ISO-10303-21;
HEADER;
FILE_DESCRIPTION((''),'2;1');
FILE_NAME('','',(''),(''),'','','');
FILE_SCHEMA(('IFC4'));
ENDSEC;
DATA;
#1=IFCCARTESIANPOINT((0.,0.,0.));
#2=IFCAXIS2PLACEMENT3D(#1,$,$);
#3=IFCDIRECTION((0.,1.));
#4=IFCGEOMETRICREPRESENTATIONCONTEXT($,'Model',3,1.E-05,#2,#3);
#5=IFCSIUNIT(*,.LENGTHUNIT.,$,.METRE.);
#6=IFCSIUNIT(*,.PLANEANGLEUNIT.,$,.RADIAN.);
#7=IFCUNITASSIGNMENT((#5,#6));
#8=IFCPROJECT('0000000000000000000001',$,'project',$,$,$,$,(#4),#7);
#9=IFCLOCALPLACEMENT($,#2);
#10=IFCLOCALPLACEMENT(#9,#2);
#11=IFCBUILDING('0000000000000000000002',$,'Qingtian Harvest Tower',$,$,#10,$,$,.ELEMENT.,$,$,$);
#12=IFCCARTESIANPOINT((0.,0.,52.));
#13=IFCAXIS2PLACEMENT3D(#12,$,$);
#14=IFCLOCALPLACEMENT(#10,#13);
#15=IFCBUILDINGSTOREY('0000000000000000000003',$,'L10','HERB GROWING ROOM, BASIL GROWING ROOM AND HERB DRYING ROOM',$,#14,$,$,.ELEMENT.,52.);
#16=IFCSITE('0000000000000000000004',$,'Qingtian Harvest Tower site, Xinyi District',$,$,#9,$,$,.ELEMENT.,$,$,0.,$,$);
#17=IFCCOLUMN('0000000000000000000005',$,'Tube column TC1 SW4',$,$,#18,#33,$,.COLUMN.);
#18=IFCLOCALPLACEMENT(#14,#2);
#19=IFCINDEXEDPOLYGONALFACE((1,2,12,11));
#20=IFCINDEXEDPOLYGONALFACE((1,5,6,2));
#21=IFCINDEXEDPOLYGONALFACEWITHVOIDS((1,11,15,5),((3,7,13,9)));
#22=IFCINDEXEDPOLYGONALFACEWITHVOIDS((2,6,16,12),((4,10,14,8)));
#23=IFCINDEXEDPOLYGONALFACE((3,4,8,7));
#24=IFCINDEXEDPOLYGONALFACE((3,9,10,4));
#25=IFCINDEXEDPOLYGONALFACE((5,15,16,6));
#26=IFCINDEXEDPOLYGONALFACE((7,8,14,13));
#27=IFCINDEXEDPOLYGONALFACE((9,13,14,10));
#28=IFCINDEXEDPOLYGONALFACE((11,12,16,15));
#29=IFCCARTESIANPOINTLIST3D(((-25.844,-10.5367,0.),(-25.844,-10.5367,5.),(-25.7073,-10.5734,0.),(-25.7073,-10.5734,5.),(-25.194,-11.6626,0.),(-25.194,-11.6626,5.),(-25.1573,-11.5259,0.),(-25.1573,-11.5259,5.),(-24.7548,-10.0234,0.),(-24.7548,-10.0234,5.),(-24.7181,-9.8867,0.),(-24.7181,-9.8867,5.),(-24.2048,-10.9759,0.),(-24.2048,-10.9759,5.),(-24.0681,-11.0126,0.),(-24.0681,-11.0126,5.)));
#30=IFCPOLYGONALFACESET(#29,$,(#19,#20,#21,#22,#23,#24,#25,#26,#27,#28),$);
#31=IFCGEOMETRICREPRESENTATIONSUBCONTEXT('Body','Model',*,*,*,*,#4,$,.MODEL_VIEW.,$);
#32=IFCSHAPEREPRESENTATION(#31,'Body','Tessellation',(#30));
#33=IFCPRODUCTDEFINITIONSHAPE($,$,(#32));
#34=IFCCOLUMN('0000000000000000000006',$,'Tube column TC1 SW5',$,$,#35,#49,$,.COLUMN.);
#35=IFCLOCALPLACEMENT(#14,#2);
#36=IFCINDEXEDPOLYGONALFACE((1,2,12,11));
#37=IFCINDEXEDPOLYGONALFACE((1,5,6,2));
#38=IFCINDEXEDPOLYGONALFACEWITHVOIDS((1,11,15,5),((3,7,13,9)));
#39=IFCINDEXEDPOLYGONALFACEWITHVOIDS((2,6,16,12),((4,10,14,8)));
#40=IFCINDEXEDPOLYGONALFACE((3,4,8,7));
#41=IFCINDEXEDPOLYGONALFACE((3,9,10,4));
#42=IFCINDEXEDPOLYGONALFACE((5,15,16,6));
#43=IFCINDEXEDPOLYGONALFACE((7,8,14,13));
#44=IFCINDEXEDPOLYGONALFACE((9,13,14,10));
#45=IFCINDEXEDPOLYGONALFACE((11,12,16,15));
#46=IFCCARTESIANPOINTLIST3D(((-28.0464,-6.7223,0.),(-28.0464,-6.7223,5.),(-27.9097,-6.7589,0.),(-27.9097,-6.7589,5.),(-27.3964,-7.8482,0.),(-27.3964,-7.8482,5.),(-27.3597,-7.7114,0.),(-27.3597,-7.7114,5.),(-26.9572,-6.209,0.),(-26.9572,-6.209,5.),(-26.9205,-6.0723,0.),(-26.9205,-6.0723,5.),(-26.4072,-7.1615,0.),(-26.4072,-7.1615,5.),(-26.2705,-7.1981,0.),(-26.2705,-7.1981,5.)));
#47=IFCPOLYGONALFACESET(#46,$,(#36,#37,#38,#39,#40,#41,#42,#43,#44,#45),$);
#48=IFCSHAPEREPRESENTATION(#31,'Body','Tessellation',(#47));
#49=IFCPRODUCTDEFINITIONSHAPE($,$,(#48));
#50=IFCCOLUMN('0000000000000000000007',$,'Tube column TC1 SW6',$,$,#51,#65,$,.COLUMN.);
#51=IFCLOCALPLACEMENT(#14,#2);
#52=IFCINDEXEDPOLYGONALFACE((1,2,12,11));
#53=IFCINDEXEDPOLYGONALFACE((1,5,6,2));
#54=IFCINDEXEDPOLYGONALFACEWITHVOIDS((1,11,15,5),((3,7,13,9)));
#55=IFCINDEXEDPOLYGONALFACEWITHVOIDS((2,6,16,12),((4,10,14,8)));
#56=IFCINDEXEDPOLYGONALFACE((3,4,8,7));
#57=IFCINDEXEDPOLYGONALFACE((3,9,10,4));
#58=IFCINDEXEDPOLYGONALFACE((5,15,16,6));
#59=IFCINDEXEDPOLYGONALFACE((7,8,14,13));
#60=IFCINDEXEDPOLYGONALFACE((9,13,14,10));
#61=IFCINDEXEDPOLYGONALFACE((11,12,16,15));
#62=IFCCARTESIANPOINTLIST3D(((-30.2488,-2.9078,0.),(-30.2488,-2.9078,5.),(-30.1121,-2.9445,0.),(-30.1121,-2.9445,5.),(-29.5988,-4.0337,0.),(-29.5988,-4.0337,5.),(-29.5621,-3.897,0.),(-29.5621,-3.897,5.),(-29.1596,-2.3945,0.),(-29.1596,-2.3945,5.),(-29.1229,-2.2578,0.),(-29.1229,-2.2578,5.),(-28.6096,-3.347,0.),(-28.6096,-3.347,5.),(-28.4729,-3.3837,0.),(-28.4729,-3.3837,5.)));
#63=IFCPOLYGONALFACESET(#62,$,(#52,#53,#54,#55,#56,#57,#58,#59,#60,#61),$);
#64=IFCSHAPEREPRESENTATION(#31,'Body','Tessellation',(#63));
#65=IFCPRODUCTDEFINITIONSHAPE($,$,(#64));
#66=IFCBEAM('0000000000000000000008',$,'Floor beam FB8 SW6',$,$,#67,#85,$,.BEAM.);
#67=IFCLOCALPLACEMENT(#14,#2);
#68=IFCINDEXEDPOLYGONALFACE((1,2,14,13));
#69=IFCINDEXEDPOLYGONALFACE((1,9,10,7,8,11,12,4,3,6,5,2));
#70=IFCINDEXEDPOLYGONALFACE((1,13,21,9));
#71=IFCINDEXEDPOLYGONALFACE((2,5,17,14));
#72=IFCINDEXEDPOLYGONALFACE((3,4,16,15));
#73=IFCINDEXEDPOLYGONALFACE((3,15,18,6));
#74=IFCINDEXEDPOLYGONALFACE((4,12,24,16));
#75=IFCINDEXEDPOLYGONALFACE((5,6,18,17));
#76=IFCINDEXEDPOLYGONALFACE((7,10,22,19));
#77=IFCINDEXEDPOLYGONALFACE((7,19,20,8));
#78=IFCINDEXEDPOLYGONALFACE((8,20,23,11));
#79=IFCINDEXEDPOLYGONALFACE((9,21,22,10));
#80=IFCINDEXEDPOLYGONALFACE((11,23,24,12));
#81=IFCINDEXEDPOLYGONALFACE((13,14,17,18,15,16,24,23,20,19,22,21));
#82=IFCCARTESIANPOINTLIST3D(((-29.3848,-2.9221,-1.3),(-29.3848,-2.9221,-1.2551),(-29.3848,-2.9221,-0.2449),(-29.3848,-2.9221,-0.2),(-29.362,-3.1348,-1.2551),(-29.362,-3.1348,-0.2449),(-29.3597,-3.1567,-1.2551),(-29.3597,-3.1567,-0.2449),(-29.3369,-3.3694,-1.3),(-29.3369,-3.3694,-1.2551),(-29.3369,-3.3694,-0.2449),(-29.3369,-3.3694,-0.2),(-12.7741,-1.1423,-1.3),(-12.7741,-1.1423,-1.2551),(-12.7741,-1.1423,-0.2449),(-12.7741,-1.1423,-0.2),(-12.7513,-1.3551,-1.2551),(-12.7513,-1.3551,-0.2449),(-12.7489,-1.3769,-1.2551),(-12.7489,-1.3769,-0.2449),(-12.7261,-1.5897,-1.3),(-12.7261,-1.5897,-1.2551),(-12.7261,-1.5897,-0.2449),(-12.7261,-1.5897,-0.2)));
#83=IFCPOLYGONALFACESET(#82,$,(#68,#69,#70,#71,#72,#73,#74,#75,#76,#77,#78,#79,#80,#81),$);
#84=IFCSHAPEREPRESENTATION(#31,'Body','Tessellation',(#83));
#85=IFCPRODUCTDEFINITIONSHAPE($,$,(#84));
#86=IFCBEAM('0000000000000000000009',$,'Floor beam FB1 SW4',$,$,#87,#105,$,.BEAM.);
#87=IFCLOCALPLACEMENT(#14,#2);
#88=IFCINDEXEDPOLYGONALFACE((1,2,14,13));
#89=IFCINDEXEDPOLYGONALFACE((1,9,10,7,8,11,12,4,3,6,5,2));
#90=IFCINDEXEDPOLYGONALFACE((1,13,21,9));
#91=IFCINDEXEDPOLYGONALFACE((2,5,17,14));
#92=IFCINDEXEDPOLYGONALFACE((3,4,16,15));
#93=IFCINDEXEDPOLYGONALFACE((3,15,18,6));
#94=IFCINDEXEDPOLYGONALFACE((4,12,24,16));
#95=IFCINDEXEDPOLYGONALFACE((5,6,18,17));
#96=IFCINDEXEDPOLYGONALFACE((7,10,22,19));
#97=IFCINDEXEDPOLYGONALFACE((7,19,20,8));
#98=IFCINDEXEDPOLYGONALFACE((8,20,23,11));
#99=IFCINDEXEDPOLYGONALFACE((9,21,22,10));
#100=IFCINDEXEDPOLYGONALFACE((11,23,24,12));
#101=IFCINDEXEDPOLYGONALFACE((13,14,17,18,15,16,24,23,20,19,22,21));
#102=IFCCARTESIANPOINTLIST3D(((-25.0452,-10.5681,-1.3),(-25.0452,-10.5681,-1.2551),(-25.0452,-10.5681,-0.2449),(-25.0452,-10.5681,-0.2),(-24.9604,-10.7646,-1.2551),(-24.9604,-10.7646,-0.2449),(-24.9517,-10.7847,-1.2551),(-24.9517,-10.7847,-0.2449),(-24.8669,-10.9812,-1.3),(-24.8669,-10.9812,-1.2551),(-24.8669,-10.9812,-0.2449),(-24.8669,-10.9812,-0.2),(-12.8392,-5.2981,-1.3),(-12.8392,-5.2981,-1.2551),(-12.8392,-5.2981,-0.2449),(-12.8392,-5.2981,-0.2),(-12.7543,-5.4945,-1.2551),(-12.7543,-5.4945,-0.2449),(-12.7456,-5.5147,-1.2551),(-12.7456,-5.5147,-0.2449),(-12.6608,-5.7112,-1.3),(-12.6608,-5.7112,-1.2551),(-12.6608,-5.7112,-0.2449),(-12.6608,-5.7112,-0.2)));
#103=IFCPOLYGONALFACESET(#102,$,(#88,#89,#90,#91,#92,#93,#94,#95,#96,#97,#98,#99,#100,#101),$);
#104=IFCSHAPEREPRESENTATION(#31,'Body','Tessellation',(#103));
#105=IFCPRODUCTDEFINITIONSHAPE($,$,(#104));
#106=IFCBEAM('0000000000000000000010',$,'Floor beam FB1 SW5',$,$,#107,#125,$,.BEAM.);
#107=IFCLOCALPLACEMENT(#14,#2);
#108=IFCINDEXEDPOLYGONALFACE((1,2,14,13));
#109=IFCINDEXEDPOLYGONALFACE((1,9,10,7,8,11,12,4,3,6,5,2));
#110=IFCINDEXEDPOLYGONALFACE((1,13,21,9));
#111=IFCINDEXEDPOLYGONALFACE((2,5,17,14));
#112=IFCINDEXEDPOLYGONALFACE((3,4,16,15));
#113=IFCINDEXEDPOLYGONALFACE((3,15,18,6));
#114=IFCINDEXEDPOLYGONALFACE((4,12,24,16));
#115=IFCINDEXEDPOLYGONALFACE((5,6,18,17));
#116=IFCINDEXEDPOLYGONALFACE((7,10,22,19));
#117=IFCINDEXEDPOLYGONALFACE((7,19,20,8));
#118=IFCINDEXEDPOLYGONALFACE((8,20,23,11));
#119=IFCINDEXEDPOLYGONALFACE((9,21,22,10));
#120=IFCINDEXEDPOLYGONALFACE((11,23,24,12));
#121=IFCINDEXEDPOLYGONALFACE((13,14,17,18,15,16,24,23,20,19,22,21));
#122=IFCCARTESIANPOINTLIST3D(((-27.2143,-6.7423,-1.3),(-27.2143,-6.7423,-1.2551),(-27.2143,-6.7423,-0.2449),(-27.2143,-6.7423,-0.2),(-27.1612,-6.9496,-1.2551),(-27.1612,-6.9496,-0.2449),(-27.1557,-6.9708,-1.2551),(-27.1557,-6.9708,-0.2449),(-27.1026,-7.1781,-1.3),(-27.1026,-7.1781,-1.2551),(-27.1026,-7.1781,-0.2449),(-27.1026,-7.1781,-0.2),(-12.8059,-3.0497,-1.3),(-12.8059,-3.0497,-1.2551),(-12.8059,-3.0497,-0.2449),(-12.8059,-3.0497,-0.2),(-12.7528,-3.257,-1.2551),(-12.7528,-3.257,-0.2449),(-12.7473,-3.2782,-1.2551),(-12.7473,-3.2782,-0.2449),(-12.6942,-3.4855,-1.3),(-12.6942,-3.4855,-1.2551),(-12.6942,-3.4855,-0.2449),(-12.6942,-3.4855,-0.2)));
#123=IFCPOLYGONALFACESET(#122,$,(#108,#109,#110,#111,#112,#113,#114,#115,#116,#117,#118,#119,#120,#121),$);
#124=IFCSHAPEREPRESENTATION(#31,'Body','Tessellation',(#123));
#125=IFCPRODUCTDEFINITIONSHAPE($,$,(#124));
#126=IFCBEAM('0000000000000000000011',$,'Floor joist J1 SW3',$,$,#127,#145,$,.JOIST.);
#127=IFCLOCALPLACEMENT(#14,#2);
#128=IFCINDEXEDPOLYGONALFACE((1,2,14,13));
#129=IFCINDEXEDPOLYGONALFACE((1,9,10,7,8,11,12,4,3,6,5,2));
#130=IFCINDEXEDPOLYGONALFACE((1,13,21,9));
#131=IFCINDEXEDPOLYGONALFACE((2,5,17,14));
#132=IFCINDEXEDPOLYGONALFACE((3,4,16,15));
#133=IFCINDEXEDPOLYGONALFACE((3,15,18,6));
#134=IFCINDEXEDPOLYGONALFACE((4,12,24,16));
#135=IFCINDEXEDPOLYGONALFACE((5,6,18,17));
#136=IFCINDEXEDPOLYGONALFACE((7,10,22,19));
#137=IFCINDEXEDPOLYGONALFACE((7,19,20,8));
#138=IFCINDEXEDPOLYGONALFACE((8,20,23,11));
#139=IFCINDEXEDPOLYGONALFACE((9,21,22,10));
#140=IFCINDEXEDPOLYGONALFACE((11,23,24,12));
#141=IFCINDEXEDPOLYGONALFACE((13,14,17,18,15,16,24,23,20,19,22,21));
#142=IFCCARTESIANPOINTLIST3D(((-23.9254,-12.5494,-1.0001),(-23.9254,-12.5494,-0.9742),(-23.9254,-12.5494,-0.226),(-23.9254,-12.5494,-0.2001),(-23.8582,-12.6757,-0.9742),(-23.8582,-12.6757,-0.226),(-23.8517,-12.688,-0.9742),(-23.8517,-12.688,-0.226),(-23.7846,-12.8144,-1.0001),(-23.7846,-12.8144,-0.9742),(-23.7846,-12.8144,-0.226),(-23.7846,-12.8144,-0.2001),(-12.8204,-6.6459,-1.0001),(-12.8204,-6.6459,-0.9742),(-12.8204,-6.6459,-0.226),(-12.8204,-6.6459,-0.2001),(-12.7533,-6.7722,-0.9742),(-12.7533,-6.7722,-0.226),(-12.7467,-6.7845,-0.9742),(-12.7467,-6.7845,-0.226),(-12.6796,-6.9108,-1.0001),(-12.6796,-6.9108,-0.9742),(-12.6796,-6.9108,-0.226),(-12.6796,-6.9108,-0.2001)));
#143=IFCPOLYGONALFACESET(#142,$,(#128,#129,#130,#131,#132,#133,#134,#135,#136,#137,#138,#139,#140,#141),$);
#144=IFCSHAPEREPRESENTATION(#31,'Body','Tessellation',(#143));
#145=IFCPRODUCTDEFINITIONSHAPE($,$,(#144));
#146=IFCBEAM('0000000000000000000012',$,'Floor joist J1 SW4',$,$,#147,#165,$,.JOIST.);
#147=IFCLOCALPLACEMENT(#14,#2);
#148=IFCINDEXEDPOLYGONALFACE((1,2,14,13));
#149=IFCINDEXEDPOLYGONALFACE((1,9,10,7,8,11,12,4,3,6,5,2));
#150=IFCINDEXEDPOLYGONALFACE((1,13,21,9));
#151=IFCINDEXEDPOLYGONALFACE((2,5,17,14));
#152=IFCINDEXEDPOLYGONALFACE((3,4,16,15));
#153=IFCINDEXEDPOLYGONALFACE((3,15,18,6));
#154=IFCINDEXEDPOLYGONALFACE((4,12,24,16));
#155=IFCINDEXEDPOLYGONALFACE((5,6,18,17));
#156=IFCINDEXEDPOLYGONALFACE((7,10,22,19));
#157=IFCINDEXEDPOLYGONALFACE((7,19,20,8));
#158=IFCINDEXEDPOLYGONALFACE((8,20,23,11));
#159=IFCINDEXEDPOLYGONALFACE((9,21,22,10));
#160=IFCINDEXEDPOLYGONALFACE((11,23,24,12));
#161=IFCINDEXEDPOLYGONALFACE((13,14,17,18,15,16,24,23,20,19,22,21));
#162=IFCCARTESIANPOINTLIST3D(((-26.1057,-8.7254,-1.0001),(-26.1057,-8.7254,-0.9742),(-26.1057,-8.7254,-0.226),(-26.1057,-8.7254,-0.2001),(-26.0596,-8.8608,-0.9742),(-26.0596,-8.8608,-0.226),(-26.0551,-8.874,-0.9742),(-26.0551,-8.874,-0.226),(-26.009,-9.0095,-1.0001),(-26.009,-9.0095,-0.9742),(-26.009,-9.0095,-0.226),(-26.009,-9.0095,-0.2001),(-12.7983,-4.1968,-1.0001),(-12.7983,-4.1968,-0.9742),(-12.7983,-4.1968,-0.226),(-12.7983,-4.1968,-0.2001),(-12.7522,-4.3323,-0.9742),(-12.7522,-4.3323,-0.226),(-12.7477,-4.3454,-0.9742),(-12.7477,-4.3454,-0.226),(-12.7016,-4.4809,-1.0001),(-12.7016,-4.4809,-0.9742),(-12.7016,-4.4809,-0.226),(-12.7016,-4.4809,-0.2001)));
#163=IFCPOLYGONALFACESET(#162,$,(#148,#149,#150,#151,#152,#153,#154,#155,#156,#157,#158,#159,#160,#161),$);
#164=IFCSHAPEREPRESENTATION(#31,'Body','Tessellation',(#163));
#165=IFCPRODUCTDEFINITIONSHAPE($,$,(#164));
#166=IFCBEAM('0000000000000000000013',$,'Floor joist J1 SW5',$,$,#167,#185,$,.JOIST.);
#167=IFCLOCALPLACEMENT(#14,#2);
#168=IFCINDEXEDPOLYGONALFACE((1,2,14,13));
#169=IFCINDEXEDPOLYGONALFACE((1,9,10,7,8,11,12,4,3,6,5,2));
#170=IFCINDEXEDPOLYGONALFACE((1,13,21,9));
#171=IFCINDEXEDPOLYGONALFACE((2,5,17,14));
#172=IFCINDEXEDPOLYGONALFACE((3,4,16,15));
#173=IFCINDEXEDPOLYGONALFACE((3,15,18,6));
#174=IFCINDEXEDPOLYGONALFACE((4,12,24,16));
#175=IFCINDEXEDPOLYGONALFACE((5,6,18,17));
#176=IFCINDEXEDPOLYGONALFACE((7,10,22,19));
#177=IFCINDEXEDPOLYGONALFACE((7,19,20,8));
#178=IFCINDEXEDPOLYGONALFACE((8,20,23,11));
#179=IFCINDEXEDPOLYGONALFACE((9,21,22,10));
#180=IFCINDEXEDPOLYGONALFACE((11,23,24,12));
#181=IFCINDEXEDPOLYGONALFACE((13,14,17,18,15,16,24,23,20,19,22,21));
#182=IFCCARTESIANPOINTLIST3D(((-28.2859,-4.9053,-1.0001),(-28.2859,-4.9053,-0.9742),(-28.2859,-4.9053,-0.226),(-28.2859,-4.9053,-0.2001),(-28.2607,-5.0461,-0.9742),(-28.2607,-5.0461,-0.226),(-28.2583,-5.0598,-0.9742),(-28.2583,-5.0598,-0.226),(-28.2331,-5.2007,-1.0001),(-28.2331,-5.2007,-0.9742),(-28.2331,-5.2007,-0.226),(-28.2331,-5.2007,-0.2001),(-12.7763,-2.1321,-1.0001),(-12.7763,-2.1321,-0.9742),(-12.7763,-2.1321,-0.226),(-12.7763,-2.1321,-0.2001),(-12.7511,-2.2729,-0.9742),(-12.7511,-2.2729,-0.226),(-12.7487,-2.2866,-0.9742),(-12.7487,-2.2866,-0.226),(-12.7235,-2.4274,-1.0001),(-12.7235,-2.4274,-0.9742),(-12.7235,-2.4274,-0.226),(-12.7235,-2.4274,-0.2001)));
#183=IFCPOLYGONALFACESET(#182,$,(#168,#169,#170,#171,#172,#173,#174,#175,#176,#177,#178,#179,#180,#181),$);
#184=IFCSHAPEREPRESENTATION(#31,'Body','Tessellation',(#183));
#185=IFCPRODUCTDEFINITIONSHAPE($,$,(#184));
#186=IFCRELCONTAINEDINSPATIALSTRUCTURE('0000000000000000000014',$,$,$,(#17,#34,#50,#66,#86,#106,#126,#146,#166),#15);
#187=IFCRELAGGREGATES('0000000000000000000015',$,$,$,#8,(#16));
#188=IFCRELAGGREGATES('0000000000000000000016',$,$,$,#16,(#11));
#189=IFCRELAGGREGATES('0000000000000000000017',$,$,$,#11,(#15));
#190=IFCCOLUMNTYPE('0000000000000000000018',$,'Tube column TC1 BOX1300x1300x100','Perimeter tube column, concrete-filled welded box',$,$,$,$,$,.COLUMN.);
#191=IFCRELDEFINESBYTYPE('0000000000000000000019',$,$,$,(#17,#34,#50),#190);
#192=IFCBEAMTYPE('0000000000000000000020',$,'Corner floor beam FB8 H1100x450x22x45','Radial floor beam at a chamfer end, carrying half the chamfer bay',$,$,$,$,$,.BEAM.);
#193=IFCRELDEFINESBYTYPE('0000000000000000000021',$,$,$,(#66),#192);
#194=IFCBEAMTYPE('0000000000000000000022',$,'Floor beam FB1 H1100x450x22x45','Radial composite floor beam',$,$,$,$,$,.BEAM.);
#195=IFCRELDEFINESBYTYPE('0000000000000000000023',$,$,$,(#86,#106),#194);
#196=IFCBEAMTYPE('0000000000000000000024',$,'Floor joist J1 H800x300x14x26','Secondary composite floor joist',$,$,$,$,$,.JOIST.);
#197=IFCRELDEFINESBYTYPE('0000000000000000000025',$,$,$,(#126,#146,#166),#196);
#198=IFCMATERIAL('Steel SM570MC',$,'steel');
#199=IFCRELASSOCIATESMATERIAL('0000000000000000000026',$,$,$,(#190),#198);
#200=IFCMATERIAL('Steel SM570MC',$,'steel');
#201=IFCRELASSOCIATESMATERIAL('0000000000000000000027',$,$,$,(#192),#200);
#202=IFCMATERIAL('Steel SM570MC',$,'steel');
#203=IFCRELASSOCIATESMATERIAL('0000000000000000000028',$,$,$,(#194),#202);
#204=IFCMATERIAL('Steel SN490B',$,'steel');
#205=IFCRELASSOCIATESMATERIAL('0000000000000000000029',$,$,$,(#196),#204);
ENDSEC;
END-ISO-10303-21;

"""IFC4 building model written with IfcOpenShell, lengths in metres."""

from ifc_helpers import new_model, si_unit, direction, frame, origin, origin_2d, place, context, subcontext, project, spatial, hollow_rectangle, i_section, extrude, material, material_profile, profile_set, type_object, element, save


model = new_model("IFC4")

# Units and contexts
model_context = context("Model", 3, precision=1e-05, world=origin(), true_north=direction((0.0, 1.0)))
body_context = subcontext(model_context, "Body", "Model", "MODEL_VIEW")
ifc_project = project(units=[si_unit("LENGTHUNIT", "METRE"), si_unit("PLANEANGLEUNIT", "RADIAN")], contexts=[model_context])

# Site, building, storey
site_placement = place(None, origin())
site = spatial("IfcSite", under=ifc_project, at=site_placement, Name="Qingtian Harvest Tower site, Xinyi District", CompositionType="ELEMENT", RefElevation=0.0)
building_placement = place(site_placement, origin())
building = spatial("IfcBuilding", under=site, at=building_placement, Name="Qingtian Harvest Tower", CompositionType="ELEMENT")
storey_placement = place(building_placement, frame((0.0, 0.0, 52.0)))
storey = spatial("IfcBuildingStorey", under=building, at=storey_placement, Name="L10", Description="HERB GROWING ROOM, BASIL GROWING ROOM AND HERB DRYING ROOM", CompositionType="ELEMENT", Elevation=52.0)

# Columns
ifc_material_1 = material(Name="Steel SM570MC", Category="steel")
ifc_material_profile_1 = material_profile(ifc_material_1, hollow_rectangle(XDim=1.3, YDim=1.3, WallThickness=0.1001, at=origin_2d()), Name="BOX1300x1300x100")
ifc_profile_set_1 = profile_set([ifc_material_profile_1], Name="Steel SM570MC")
column_type = type_object("IfcColumnType", Name="Tube column TC1 BOX1300x1300x100", Description="Perimeter tube column, concrete-filled welded box", PredefinedType="COLUMN", material=ifc_profile_set_1)
for number, where, z_axis, x_axis, name in (
    (1, (-24.9561, -10.7747, 0.0), (0.0, 0.0, 1.0), (0.5, -0.866025, 0.0), "Tube column TC1 SW4"),
    (2, (-27.1584, -6.9602, 0.0), (0.0, 0.0, 1.0), (0.5, -0.866025, 0.0), "Tube column TC1 SW5"),
    (3, (-29.3608, -3.1458, 0.0), (0.0, 0.0, 1.0), (0.5, -0.866025, 0.0), "Tube column TC1 SW6"),
):
    element("IfcColumn", number, at=place(storey_placement, frame(where, z_axis=z_axis, x_axis=x_axis)), inside=storey, type_object=column_type, Name=name, PredefinedType="COLUMN", context=body_context, shape_type="SweptSolid", body=[
        extrude(hollow_rectangle(XDim=1.3, YDim=1.3, WallThickness=0.1001, at=origin_2d()), origin(), (0.0, 0.0, 1.0), 5.0),
    ])

# Beams
ifc_material_2 = material(Name="Steel SM570MC", Category="steel")
ifc_material_profile_2 = material_profile(ifc_material_2, i_section(OverallWidth=0.45, OverallDepth=1.1001, WebThickness=0.022, FlangeThickness=0.0449, at=origin_2d()), Name="H1100x450x22x45")
ifc_profile_set_2 = profile_set([ifc_material_profile_2], Name="Steel SM570MC")
beam_type_1 = type_object("IfcBeamType", Name="Corner floor beam FB8 H1100x450x22x45", Description="Radial floor beam at a chamfer end, carrying half the chamfer bay", PredefinedType="BEAM", material=ifc_profile_set_2)
beam_1_placement = place(storey_placement, frame((-29.3608, -3.1458, -0.75), z_axis=(0.994309, 0.106536, 0.0), x_axis=(-0.106536, 0.994309, 0.0)))
element("IfcBeam", 4, at=beam_1_placement, inside=storey, type_object=beam_type_1, Name="Floor beam FB8 SW6", PredefinedType="BEAM", context=body_context, shape_type="SweptSolid", body=[
    extrude(i_section(OverallWidth=0.45, OverallDepth=1.1001, WebThickness=0.022, FlangeThickness=0.0449, at=origin_2d()), origin(), (0.0, 0.0, 1.0), 16.7058),
])
ifc_material_3 = material(Name="Steel SM570MC", Category="steel")
ifc_material_profile_3 = material_profile(ifc_material_3, i_section(OverallWidth=0.45, OverallDepth=1.1001, WebThickness=0.022, FlangeThickness=0.0449, at=origin_2d()), Name="H1100x450x22x45")
ifc_profile_set_3 = profile_set([ifc_material_profile_3], Name="Steel SM570MC")
beam_type_2 = type_object("IfcBeamType", Name="Floor beam FB1 H1100x450x22x45", Description="Radial composite floor beam", PredefinedType="BEAM", material=ifc_profile_set_3)
beam_2_placement = place(storey_placement, frame((-24.9561, -10.7747, -0.75), z_axis=(0.918084, 0.396387, 0.0), x_axis=(-0.396387, 0.918084, 0.0)))
element("IfcBeam", 5, at=beam_2_placement, inside=storey, type_object=beam_type_2, Name="Floor beam FB1 SW4", PredefinedType="BEAM", context=body_context, shape_type="SweptSolid", body=[
    extrude(i_section(OverallWidth=0.45, OverallDepth=1.1001, WebThickness=0.022, FlangeThickness=0.0449, at=origin_2d()), origin(), (0.0, 0.0, 1.0), 13.2952),
])
beam_3_placement = place(storey_placement, frame((-27.1584, -6.9602, -0.75), z_axis=(0.968694, 0.248259, 0.0), x_axis=(-0.248259, 0.968694, 0.0)))
element("IfcBeam", 6, at=beam_3_placement, inside=storey, type_object=beam_type_2, Name="Floor beam FB1 SW5", PredefinedType="BEAM", context=body_context, shape_type="SweptSolid", body=[
    extrude(i_section(OverallWidth=0.45, OverallDepth=1.1001, WebThickness=0.022, FlangeThickness=0.0449, at=origin_2d()), origin(), (0.0, 0.0, 1.0), 14.874),
])
ifc_material_4 = material(Name="Steel SN490B", Category="steel")
ifc_material_profile_4 = material_profile(ifc_material_4, i_section(OverallWidth=0.3, OverallDepth=0.8, WebThickness=0.0139, FlangeThickness=0.0259, at=origin_2d()), Name="H800x300x14x26")
ifc_profile_set_4 = profile_set([ifc_material_profile_4], Name="Steel SN490B")
beam_type_3 = type_object("IfcBeamType", Name="Floor joist J1 H800x300x14x26", Description="Secondary composite floor joist", PredefinedType="JOIST", material=ifc_profile_set_4)
beam_4_placement = place(storey_placement, frame((-23.855, -12.6819, -0.6001), z_axis=(0.882982, 0.469406, 0.0), x_axis=(-0.469406, 0.882982, 0.0)))
element("IfcBeam", 7, at=beam_4_placement, inside=storey, type_object=beam_type_3, Name="Floor joist J1 SW3", PredefinedType="JOIST", context=body_context, shape_type="SweptSolid", body=[
    extrude(i_section(OverallWidth=0.3, OverallDepth=0.8, WebThickness=0.0139, FlangeThickness=0.0259, at=origin_2d()), origin(), (0.0, 0.0, 1.0), 12.5767),
])
beam_5_placement = place(storey_placement, frame((-26.0574, -8.8674, -0.6001), z_axis=(0.946685, 0.322161, 0.0), x_axis=(-0.322161, 0.946685, 0.0)))
element("IfcBeam", 8, at=beam_5_placement, inside=storey, type_object=beam_type_3, Name="Floor joist J1 SW4", PredefinedType="JOIST", context=body_context, shape_type="SweptSolid", body=[
    extrude(i_section(OverallWidth=0.3, OverallDepth=0.8, WebThickness=0.0139, FlangeThickness=0.0259, at=origin_2d()), origin(), (0.0, 0.0, 1.0), 14.0569),
])
beam_6_placement = place(storey_placement, frame((-28.2595, -5.053, -0.6001), z_axis=(0.984388, 0.176014, 0.0), x_axis=(-0.176014, 0.984388, 0.0)))
element("IfcBeam", 9, at=beam_6_placement, inside=storey, type_object=beam_type_3, Name="Floor joist J1 SW5", PredefinedType="JOIST", context=body_context, shape_type="SweptSolid", body=[
    extrude(i_section(OverallWidth=0.3, OverallDepth=0.8, WebThickness=0.0139, FlangeThickness=0.0259, at=origin_2d()), origin(), (0.0, 0.0, 1.0), 15.7556),
])

save(model, "model.ifc")
